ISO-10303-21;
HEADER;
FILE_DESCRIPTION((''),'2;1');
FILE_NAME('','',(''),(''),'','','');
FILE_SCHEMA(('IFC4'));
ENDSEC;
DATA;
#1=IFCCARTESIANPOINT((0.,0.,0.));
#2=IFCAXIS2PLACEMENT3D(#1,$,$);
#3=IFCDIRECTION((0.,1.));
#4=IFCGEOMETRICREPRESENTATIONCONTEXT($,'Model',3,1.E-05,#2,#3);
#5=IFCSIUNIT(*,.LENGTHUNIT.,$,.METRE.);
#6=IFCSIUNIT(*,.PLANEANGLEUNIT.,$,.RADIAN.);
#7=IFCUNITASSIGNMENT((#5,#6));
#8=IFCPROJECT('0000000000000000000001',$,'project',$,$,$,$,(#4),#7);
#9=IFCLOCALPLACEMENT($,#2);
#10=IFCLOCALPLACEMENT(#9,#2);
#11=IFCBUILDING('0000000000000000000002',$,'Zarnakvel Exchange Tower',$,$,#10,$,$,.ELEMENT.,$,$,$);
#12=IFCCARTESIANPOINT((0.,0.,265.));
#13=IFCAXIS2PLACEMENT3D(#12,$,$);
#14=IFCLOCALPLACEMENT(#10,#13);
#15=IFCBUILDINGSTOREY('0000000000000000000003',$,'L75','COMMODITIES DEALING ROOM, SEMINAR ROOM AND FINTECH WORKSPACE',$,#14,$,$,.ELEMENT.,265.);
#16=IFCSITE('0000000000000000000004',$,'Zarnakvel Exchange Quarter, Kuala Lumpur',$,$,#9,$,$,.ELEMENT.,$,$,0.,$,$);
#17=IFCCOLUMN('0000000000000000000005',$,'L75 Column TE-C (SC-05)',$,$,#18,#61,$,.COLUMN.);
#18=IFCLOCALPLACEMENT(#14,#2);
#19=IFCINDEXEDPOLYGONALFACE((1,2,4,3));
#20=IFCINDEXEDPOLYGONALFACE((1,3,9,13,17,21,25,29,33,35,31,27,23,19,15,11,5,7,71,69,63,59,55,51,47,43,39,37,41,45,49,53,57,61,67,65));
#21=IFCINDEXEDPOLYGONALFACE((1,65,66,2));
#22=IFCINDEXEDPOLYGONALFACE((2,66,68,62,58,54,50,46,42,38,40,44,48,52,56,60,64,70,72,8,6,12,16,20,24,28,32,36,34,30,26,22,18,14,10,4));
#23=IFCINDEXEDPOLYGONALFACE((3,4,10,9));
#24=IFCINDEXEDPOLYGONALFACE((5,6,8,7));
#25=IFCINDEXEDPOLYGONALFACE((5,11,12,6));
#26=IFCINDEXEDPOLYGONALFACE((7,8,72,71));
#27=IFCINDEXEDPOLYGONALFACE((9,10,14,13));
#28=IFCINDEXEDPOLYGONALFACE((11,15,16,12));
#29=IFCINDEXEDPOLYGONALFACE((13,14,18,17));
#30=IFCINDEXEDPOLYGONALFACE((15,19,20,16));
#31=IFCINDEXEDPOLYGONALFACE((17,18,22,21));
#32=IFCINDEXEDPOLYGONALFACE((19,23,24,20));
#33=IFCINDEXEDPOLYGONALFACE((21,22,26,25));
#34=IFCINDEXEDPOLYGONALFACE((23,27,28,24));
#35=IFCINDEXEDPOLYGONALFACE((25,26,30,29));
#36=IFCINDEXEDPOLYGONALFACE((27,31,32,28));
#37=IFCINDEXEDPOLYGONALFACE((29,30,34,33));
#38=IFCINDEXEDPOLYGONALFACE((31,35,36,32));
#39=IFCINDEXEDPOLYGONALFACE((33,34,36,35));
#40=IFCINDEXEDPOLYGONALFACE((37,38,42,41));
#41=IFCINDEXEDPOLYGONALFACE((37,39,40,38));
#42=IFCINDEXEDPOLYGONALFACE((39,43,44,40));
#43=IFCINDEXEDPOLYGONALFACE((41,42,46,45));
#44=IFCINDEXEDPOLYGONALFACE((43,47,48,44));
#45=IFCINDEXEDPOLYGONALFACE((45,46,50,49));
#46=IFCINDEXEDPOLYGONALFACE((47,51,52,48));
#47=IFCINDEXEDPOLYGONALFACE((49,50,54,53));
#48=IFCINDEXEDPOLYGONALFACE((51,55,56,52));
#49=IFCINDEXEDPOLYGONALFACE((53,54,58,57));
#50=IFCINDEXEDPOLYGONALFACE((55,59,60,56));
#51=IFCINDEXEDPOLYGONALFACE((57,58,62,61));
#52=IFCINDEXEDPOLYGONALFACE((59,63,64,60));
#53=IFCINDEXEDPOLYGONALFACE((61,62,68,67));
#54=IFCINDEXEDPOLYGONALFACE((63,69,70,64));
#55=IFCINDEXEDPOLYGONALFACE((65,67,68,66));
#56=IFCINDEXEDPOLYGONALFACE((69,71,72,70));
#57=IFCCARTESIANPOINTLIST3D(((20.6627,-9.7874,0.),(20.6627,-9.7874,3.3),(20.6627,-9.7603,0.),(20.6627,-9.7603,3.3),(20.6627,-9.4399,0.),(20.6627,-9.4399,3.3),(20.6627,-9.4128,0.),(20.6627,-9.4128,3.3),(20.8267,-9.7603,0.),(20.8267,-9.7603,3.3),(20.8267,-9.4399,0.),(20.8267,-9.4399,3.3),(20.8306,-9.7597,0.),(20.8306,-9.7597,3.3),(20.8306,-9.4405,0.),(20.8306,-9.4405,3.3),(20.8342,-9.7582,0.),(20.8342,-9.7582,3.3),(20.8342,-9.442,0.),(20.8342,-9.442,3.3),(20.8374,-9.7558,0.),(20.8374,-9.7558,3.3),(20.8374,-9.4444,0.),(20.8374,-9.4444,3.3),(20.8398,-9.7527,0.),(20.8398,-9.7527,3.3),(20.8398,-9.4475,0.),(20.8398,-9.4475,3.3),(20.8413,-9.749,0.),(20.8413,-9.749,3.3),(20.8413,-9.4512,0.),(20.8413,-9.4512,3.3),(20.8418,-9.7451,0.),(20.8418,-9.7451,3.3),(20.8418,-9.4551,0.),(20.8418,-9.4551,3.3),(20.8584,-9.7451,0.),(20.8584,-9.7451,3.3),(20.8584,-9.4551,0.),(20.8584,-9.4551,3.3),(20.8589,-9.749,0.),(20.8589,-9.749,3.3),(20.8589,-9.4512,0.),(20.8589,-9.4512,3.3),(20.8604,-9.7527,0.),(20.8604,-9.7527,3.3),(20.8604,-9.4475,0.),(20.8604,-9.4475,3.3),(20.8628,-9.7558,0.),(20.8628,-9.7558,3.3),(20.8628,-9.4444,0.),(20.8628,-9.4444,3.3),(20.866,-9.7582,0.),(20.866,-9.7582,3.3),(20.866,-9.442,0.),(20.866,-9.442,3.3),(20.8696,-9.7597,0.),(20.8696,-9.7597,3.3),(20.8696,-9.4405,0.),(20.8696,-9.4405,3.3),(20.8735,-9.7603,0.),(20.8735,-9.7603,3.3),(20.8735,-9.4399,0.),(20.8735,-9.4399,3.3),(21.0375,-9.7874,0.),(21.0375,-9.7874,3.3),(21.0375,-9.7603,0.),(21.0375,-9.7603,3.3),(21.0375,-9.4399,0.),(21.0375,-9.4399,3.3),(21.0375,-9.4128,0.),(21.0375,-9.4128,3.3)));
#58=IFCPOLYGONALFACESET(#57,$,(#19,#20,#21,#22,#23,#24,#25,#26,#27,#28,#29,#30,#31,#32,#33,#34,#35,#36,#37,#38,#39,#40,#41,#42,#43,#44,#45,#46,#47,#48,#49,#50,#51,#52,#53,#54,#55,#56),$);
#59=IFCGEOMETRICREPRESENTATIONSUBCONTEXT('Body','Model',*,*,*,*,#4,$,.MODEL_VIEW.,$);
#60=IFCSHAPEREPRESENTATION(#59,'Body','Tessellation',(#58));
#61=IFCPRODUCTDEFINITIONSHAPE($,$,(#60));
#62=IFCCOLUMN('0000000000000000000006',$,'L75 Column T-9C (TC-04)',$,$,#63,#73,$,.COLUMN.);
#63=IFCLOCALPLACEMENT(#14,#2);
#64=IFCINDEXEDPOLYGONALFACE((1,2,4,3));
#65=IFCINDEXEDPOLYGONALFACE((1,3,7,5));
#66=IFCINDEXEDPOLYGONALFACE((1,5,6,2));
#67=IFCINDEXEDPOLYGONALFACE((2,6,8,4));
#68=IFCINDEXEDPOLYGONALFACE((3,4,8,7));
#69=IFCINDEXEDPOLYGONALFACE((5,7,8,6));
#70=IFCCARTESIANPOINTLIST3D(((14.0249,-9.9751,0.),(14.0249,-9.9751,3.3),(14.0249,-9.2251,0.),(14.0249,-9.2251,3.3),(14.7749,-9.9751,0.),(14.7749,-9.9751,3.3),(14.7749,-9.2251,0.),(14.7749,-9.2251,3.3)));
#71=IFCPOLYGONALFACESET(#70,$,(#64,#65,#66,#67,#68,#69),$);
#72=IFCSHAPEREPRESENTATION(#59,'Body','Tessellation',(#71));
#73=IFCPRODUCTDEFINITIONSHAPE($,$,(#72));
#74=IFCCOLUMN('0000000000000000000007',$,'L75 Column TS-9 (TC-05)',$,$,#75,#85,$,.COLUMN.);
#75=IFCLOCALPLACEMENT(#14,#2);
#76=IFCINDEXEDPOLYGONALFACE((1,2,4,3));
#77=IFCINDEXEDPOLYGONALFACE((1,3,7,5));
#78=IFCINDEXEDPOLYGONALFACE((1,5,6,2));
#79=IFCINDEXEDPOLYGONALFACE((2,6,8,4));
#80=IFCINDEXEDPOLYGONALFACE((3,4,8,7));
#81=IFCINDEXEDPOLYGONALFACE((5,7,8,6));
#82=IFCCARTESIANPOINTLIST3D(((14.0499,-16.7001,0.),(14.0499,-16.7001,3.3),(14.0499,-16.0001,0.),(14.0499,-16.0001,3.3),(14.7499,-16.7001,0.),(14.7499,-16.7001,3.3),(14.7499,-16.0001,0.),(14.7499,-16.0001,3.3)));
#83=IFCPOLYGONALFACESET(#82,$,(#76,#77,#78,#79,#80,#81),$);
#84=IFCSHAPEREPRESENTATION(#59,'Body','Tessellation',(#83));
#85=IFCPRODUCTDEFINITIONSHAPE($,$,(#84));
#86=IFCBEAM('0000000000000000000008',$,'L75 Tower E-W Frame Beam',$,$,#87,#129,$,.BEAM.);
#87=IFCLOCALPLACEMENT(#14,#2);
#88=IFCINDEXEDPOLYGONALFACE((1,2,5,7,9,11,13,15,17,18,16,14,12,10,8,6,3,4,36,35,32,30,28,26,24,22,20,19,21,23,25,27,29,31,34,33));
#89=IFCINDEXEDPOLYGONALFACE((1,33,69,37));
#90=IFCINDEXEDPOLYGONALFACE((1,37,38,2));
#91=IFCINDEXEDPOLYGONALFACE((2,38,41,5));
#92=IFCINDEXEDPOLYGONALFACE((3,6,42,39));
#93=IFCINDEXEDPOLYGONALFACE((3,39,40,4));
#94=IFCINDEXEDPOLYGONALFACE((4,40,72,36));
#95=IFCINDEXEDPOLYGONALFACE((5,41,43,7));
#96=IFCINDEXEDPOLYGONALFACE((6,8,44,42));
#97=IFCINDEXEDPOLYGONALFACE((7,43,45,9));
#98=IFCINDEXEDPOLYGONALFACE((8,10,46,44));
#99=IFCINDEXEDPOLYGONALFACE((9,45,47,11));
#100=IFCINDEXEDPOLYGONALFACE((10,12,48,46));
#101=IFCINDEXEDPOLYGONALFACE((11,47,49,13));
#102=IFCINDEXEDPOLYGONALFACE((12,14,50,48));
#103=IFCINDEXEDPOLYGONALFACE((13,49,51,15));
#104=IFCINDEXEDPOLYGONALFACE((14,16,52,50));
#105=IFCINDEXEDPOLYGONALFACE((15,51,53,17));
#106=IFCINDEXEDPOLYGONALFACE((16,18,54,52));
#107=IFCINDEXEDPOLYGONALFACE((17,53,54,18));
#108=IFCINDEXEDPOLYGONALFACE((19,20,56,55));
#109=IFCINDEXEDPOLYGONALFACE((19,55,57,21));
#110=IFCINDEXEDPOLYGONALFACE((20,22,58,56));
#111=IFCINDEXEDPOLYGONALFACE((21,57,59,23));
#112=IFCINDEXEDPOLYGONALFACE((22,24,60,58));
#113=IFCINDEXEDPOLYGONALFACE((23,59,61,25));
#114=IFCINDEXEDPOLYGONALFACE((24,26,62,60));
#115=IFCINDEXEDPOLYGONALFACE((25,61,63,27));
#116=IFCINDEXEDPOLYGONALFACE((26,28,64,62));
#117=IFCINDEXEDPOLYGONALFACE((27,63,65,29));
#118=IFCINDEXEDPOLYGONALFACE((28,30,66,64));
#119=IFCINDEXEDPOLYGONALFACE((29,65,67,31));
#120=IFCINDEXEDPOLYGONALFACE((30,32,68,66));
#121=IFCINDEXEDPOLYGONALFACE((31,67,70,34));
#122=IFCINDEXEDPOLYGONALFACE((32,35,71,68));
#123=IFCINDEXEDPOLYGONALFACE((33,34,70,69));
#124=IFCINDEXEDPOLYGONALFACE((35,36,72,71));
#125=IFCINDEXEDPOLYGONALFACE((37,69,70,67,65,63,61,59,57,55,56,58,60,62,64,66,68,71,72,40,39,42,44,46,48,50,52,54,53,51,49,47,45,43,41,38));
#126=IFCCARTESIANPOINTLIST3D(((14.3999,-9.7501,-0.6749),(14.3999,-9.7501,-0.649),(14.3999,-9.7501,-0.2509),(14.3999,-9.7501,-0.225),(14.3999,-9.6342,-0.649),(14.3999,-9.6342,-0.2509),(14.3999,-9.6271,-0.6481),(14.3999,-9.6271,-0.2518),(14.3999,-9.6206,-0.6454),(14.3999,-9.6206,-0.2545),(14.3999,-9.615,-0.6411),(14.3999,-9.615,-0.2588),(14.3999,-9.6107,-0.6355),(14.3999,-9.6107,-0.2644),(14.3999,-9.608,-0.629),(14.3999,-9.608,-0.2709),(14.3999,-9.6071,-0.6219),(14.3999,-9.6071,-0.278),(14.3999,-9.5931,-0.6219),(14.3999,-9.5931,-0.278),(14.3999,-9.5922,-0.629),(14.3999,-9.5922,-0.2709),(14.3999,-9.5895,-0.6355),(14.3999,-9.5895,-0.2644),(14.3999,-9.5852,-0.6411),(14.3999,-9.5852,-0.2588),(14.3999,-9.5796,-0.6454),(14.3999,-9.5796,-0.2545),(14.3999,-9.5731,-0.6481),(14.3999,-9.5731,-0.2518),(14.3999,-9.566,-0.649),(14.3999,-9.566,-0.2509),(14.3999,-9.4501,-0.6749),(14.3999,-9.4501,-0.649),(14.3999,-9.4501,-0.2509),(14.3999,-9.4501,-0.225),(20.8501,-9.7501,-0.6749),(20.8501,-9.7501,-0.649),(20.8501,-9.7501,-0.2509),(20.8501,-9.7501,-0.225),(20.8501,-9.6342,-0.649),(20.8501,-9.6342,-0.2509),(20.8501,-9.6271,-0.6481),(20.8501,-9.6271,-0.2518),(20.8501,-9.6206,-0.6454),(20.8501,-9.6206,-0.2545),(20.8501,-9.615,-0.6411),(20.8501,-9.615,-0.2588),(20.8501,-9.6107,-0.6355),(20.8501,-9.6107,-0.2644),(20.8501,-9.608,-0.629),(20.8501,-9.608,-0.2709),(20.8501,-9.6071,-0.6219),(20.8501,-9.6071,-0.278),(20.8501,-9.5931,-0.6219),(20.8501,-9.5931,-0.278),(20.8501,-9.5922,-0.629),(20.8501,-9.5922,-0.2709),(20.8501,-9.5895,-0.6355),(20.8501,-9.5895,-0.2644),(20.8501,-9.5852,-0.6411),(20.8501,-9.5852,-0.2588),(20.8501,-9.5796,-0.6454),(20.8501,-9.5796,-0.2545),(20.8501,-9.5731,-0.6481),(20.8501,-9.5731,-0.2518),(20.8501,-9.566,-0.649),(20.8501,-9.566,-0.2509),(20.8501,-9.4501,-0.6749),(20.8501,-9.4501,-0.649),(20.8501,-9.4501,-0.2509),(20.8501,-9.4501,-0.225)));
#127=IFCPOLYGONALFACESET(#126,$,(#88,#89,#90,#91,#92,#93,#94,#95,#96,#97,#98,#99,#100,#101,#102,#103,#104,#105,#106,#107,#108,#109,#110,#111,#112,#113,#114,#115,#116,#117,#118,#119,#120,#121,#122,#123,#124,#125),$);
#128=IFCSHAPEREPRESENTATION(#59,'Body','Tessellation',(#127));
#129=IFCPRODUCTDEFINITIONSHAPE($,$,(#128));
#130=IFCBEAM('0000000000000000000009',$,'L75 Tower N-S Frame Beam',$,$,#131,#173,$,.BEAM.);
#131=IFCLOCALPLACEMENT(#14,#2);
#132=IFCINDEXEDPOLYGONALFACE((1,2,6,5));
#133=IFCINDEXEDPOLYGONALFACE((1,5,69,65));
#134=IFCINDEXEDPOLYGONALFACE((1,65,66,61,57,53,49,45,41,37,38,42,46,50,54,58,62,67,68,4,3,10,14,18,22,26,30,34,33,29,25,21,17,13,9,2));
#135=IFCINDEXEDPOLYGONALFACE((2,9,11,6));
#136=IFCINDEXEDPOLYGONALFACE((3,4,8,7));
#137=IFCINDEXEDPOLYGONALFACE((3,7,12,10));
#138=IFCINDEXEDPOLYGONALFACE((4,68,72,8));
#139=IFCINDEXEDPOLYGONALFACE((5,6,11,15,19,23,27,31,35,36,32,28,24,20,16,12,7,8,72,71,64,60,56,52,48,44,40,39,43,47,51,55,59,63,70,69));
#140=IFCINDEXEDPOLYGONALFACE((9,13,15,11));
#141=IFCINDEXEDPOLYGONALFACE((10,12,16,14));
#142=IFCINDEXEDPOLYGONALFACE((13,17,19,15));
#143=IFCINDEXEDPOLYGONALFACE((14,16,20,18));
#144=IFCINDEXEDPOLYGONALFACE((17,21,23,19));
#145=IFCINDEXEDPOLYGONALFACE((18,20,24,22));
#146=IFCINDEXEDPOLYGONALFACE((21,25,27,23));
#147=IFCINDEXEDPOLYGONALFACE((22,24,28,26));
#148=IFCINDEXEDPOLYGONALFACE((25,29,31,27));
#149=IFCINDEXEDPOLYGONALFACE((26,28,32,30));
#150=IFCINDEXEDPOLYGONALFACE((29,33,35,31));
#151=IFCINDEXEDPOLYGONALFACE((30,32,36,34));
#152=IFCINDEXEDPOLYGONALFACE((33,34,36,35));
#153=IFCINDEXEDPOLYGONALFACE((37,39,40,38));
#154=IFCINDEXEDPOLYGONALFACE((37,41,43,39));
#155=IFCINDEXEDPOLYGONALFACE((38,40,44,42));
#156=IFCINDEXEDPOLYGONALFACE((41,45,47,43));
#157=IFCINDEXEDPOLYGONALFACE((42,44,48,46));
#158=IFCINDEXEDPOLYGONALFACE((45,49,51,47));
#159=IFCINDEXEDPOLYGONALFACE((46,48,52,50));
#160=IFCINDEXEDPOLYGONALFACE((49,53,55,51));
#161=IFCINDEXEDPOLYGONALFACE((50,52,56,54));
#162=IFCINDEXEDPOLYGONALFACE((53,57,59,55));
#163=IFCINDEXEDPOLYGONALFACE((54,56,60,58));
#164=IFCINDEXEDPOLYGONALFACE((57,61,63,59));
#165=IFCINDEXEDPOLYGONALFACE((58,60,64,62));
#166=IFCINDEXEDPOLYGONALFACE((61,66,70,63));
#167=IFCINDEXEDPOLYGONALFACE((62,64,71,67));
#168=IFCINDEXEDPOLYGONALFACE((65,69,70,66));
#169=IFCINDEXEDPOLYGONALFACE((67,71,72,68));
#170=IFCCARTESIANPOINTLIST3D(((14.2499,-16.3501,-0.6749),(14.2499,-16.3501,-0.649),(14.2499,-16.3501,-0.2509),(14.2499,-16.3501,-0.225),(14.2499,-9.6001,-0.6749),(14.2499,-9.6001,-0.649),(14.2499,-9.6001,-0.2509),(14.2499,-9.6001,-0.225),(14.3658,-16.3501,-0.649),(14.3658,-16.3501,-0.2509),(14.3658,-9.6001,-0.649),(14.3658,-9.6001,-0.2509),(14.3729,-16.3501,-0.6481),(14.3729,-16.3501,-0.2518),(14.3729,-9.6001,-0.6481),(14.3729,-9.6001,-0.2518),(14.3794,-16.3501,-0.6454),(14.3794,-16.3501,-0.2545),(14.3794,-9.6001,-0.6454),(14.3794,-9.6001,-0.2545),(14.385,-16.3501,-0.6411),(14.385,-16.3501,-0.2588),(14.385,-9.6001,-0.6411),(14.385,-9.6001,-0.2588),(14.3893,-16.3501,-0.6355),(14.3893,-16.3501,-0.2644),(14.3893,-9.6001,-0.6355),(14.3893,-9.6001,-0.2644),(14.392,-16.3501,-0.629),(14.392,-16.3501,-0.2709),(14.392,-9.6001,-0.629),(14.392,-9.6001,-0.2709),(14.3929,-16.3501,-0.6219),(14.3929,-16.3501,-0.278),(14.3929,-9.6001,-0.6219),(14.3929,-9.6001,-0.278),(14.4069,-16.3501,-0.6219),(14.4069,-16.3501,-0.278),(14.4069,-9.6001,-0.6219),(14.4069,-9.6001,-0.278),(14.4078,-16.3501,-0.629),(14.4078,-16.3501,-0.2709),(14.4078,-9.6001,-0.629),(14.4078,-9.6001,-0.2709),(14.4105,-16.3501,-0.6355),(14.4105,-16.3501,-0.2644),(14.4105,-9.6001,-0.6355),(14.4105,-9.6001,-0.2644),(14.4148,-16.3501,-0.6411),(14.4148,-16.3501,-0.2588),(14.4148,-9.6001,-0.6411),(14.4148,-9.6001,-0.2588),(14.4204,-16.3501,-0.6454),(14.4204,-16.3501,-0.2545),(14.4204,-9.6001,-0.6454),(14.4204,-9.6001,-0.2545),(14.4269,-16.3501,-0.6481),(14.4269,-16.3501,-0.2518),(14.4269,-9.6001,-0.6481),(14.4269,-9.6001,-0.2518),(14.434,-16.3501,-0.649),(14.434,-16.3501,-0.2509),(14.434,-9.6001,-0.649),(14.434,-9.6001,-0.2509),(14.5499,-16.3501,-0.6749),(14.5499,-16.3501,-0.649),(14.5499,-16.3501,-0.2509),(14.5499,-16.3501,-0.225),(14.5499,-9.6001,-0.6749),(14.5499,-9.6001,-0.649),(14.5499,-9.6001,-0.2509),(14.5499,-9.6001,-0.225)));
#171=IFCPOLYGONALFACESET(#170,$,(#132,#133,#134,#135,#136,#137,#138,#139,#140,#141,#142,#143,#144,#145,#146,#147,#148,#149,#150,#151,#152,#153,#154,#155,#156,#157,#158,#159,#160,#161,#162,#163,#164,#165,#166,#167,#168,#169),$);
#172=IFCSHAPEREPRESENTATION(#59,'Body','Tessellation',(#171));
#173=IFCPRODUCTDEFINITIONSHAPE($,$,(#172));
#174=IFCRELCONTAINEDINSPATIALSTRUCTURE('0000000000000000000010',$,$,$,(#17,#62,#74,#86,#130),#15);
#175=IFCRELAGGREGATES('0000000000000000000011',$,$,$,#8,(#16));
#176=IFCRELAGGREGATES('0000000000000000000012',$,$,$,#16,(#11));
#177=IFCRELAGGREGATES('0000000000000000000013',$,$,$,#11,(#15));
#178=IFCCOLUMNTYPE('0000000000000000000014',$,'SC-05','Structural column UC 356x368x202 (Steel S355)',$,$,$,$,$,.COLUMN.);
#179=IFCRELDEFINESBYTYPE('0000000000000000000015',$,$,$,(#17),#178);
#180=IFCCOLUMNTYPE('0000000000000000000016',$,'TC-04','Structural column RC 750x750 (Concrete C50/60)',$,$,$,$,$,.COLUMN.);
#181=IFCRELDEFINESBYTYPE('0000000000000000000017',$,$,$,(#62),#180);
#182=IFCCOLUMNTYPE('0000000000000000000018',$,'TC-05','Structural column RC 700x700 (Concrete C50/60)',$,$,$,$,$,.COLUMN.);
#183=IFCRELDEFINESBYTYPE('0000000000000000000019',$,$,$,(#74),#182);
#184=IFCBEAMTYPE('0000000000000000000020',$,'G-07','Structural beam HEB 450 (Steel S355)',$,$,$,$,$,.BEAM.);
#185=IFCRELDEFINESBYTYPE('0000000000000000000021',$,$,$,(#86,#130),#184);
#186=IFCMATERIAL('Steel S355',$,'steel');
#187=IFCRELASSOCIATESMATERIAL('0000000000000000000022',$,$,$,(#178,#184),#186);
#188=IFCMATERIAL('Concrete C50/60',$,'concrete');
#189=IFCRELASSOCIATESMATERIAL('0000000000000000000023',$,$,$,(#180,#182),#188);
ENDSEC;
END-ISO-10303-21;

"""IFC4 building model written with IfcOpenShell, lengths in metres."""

from ifc_helpers import new_model, si_unit, direction, frame, origin, origin_2d, place, context, subcontext, project, spatial, rectangle, i_section, extrude, material, material_profile, profile_set, type_object, element, save


model = new_model("IFC4")

# Units and contexts
model_context = context("Model", 3, precision=1e-05, world=origin(), true_north=direction((0.0, 1.0)))
body_context = subcontext(model_context, "Body", "Model", "MODEL_VIEW")
ifc_project = project(units=[si_unit("LENGTHUNIT", "METRE"), si_unit("PLANEANGLEUNIT", "RADIAN")], contexts=[model_context])

# Site, building, storey
site_placement = place(None, origin())
site = spatial("IfcSite", under=ifc_project, at=site_placement, Name="Zarnakvel Exchange Quarter, Kuala Lumpur", CompositionType="ELEMENT", RefElevation=0.0)
building_placement = place(site_placement, origin())
building = spatial("IfcBuilding", under=site, at=building_placement, Name="Zarnakvel Exchange Tower", CompositionType="ELEMENT")
storey_placement = place(building_placement, frame((0.0, 0.0, 265.0)))
storey = spatial("IfcBuildingStorey", under=building, at=storey_placement, Name="L75", Description="COMMODITIES DEALING ROOM, SEMINAR ROOM AND FINTECH WORKSPACE", CompositionType="ELEMENT", Elevation=265.0)

# Columns
ifc_material_1 = material(Name="Steel S355", Category="steel")
ifc_material_profile_1 = material_profile(ifc_material_1, i_section(OverallWidth=0.3748, OverallDepth=0.3745, WebThickness=0.0166, FlangeThickness=0.0271, FilletRadius=0.0151, at=origin_2d()))
ifc_profile_set_1 = profile_set([ifc_material_profile_1], Name="Steel S355")
column_type_1 = type_object("IfcColumnType", Name="SC-05", Description="Structural column UC 356x368x202 (Steel S355)", PredefinedType="COLUMN", material=ifc_profile_set_1)
column_1_placement = place(storey_placement, frame((20.8501, -9.6001, 0.0), z_axis=(0.0, 0.0, 1.0), x_axis=(1.0, 0.0, 0.0)))
element("IfcColumn", 1, at=column_1_placement, inside=storey, type_object=column_type_1, Name="L75 Column TE-C (SC-05)", PredefinedType="COLUMN", context=body_context, shape_type="SweptSolid", body=[
    extrude(i_section(OverallWidth=0.3748, OverallDepth=0.3745, WebThickness=0.0166, FlangeThickness=0.0271, FilletRadius=0.0151, at=origin_2d()), origin(), (0.0, 0.0, 1.0), 3.3),
])
ifc_material_2 = material(Name="Concrete C50/60", Category="concrete")
ifc_material_profile_2 = material_profile(ifc_material_2, rectangle(XDim=0.75, YDim=0.75, at=origin_2d()))
ifc_profile_set_2 = profile_set([ifc_material_profile_2], Name="Concrete C50/60")
column_type_2 = type_object("IfcColumnType", Name="TC-04", Description="Structural column RC 750x750 (Concrete C50/60)", PredefinedType="COLUMN", material=ifc_profile_set_2)
column_2_placement = place(storey_placement, frame((14.3999, -9.6001, 0.0), z_axis=(0.0, 0.0, 1.0), x_axis=(1.0, 0.0, 0.0)))
element("IfcColumn", 2, at=column_2_placement, inside=storey, type_object=column_type_2, Name="L75 Column T-9C (TC-04)", PredefinedType="COLUMN", context=body_context, shape_type="SweptSolid", body=[
    extrude(rectangle(XDim=0.75, YDim=0.75, at=origin_2d()), origin(), (0.0, 0.0, 1.0), 3.3),
])
ifc_material_profile_3 = material_profile(ifc_material_2, rectangle(XDim=0.7, YDim=0.7, at=origin_2d()))
ifc_profile_set_3 = profile_set([ifc_material_profile_3], Name="Concrete C50/60")
column_type_3 = type_object("IfcColumnType", Name="TC-05", Description="Structural column RC 700x700 (Concrete C50/60)", PredefinedType="COLUMN", material=ifc_profile_set_3)
column_3_placement = place(storey_placement, frame((14.3999, -16.3501, 0.0), z_axis=(0.0, 0.0, 1.0), x_axis=(1.0, 0.0, 0.0)))
element("IfcColumn", 3, at=column_3_placement, inside=storey, type_object=column_type_3, Name="L75 Column TS-9 (TC-05)", PredefinedType="COLUMN", context=body_context, shape_type="SweptSolid", body=[
    extrude(rectangle(XDim=0.7, YDim=0.7, at=origin_2d()), origin(), (0.0, 0.0, 1.0), 3.3),
])

# Beams
ifc_material_profile_4 = material_profile(ifc_material_1, i_section(OverallWidth=0.3, OverallDepth=0.45, WebThickness=0.0139, FlangeThickness=0.0259, FilletRadius=0.0271, at=origin_2d()))
ifc_profile_set_4 = profile_set([ifc_material_profile_4], Name="Steel S355")
beam_type = type_object("IfcBeamType", Name="G-07", Description="Structural beam HEB 450 (Steel S355)", PredefinedType="BEAM", material=ifc_profile_set_4)
beam_1_placement = place(storey_placement, frame((14.3999, -9.6001, -0.45), z_axis=(1.0, 0.0, 0.0), x_axis=(0.0, 1.0, 0.0)))
element("IfcBeam", 4, at=beam_1_placement, inside=storey, type_object=beam_type, Name="L75 Tower E-W Frame Beam", PredefinedType="BEAM", context=body_context, shape_type="SweptSolid", body=[
    extrude(i_section(OverallWidth=0.3, OverallDepth=0.45, WebThickness=0.0139, FlangeThickness=0.0259, FilletRadius=0.0271, at=origin_2d()), origin(), (0.0, 0.0, 1.0), 6.4502),
])
beam_2_placement = place(storey_placement, frame((14.3999, -16.3501, -0.45), z_axis=(0.0, 1.0, 0.0), x_axis=(-1.0, 0.0, 0.0)))
element("IfcBeam", 5, at=beam_2_placement, inside=storey, type_object=beam_type, Name="L75 Tower N-S Frame Beam", PredefinedType="BEAM", context=body_context, shape_type="SweptSolid", body=[
    extrude(i_section(OverallWidth=0.3, OverallDepth=0.45, WebThickness=0.0139, FlangeThickness=0.0259, FilletRadius=0.0271, at=origin_2d()), origin(), (0.0, 0.0, 1.0), 6.75),
])

save(model, "model.ifc")
